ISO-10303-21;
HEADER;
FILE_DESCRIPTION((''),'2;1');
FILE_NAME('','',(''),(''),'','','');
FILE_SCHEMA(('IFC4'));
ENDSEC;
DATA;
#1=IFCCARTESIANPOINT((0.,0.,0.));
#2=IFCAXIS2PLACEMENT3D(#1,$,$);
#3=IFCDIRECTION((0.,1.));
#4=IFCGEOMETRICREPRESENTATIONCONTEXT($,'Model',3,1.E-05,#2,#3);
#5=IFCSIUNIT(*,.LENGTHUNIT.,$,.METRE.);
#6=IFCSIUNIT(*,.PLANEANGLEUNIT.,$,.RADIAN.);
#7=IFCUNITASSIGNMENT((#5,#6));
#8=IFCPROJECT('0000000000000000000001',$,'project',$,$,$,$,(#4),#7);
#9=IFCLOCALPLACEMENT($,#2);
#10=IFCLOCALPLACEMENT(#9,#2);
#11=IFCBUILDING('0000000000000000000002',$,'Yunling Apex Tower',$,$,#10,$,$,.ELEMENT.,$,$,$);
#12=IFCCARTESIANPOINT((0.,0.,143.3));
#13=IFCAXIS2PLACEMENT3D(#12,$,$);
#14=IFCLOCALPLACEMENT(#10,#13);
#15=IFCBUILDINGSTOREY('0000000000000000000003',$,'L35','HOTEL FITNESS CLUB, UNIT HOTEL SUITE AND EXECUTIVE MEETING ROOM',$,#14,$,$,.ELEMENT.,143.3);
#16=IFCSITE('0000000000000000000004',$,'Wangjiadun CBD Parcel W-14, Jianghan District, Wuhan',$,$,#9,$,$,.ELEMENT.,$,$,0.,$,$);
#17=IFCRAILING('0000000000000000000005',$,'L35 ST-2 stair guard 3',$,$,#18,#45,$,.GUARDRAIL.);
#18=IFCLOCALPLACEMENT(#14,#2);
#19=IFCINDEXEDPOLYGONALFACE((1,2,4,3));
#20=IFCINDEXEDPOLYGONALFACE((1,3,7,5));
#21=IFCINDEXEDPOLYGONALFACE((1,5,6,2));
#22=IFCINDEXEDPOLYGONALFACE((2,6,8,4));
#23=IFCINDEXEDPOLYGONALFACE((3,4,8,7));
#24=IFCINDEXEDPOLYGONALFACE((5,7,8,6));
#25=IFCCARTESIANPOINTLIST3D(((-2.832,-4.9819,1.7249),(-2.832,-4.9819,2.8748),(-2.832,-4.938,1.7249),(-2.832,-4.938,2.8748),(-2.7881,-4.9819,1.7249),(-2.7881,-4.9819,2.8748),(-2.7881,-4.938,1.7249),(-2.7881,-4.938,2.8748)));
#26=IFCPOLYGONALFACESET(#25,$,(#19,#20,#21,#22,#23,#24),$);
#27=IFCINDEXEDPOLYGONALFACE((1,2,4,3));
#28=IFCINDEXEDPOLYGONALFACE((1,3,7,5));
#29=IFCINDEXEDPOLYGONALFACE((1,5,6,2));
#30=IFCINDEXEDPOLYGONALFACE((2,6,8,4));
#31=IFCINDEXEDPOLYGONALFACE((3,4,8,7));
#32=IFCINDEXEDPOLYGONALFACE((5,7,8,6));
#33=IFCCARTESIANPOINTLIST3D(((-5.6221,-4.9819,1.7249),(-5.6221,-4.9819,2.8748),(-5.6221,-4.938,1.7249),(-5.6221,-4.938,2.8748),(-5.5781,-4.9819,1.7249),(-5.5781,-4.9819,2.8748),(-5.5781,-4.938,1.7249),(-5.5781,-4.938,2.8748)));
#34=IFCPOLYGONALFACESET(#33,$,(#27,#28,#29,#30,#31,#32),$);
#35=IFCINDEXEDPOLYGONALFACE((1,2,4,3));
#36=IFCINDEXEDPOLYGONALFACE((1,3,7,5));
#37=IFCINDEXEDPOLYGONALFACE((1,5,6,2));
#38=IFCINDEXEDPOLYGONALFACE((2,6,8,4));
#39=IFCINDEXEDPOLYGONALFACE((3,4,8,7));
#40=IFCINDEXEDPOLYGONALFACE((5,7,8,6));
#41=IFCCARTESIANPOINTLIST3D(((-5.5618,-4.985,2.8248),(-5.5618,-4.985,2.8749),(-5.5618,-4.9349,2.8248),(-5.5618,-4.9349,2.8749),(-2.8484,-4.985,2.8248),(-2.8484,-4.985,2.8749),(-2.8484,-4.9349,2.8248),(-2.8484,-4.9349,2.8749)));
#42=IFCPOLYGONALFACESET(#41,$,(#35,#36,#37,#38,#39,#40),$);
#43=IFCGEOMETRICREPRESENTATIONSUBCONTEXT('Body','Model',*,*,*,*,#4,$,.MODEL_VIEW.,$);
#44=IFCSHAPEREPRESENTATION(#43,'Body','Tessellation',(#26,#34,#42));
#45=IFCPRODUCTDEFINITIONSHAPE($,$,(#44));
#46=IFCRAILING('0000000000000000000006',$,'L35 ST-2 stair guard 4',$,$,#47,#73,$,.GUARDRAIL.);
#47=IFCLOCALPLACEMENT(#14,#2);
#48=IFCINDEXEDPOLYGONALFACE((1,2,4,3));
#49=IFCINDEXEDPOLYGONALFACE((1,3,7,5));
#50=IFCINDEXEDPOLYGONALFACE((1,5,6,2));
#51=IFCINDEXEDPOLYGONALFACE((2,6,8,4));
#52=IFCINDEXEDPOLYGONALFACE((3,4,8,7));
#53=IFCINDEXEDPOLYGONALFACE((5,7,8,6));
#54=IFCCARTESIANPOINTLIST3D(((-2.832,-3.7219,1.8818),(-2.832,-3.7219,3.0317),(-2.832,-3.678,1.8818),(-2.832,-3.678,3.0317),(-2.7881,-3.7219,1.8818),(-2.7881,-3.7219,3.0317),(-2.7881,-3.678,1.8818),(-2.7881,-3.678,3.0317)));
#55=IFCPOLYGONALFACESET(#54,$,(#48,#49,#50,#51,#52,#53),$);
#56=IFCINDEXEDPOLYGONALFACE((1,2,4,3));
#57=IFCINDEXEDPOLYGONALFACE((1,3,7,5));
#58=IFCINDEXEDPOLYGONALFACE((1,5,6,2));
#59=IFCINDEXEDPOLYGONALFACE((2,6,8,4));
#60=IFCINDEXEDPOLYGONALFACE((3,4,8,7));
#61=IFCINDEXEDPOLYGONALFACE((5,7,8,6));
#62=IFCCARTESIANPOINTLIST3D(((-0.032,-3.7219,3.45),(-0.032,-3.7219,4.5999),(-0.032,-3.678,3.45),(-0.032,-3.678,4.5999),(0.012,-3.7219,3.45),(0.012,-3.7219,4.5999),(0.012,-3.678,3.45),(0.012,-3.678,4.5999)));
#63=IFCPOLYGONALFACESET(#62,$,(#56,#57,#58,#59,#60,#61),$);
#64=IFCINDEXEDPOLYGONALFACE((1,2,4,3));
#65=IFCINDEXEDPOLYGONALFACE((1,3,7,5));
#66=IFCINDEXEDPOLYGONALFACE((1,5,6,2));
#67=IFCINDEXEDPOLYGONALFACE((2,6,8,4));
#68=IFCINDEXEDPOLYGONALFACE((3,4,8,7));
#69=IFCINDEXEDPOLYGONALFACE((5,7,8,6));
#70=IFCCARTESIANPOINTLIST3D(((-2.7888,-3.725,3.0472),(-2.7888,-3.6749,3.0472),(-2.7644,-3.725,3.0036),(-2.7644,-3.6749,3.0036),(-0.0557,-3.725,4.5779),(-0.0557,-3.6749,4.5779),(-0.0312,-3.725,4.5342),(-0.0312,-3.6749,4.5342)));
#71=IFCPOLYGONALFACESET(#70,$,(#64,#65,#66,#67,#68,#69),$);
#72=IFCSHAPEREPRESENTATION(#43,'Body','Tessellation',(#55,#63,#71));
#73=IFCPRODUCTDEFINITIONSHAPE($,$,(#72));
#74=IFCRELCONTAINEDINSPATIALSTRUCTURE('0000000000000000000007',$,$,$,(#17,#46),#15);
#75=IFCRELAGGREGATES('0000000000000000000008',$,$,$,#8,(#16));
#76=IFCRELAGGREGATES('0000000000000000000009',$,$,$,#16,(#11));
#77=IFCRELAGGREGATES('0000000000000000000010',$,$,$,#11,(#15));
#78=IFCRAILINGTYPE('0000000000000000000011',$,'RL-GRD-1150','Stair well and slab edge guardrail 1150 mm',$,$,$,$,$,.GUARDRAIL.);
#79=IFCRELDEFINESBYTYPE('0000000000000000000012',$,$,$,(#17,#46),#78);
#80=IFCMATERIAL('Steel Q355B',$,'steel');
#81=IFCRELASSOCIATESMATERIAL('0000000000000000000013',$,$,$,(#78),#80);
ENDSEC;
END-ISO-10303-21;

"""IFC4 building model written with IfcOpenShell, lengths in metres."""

from ifc_helpers import new_model, si_unit, direction, frame, origin, origin_2d, place, context, subcontext, project, spatial, rectangle, extrude, material, type_object, element, save


model = new_model("IFC4")

# Units and contexts
model_context = context("Model", 3, precision=1e-05, world=origin(), true_north=direction((0.0, 1.0)))
body_context = subcontext(model_context, "Body", "Model", "MODEL_VIEW")
ifc_project = project(units=[si_unit("LENGTHUNIT", "METRE"), si_unit("PLANEANGLEUNIT", "RADIAN")], contexts=[model_context])

# Site, building, storey
site_placement = place(None, origin())
site = spatial("IfcSite", under=ifc_project, at=site_placement, Name="Wangjiadun CBD Parcel W-14, Jianghan District, Wuhan", CompositionType="ELEMENT", RefElevation=0.0)
building_placement = place(site_placement, origin())
building = spatial("IfcBuilding", under=site, at=building_placement, Name="Yunling Apex Tower", CompositionType="ELEMENT")
storey_placement = place(building_placement, frame((0.0, 0.0, 143.3)))
storey = spatial("IfcBuildingStorey", under=building, at=storey_placement, Name="L35", Description="HOTEL FITNESS CLUB, UNIT HOTEL SUITE AND EXECUTIVE MEETING ROOM", CompositionType="ELEMENT", Elevation=143.3)

# Shared definitions
ifc_material_1 = material(Name="Steel Q355B", Category="steel")

# Railings
railing_type = type_object("IfcRailingType", Name="RL-GRD-1150", Description="Stair well and slab edge guardrail 1150 mm", PredefinedType="GUARDRAIL", material=ifc_material_1)
railing_1_placement = place(storey_placement, frame((-2.8101, -4.96, 1.7249)))
element("IfcRailing", 1, at=railing_1_placement, inside=storey, type_object=railing_type, Name="L35 ST-2 stair guard 3", PredefinedType="GUARDRAIL", context=body_context, shape_type="SweptSolid", body=[
    extrude(rectangle(XDim=0.0439, YDim=0.0439, at=origin_2d()), origin(), (0.0, 0.0, 1.0), 1.1499),
    extrude(rectangle(XDim=0.0439, YDim=0.0439, at=origin_2d()), frame((-2.79, 0.0, 0.0)), (0.0, 0.0, 1.0), 1.1499),
    extrude(rectangle(XDim=0.05, YDim=0.05, at=origin_2d()), frame((-0.0383, 0.0, 1.125), z_axis=(-1.0, 0.0, 0.0), x_axis=(0.0, -1.0, 0.0)), (0.0, 0.0, 1.0), 2.7134),
])
railing_2_placement = place(storey_placement, frame((-2.8101, -3.7, 1.8818)))
element("IfcRailing", 2, at=railing_2_placement, inside=storey, type_object=railing_type, Name="L35 ST-2 stair guard 4", PredefinedType="GUARDRAIL", context=body_context, shape_type="SweptSolid", body=[
    extrude(rectangle(XDim=0.0439, YDim=0.0439, at=origin_2d()), origin(), (0.0, 0.0, 1.0), 1.1499),
    extrude(rectangle(XDim=0.0439, YDim=0.0439, at=origin_2d()), frame((2.8, 0.0, 1.5681)), (0.0, 0.0, 1.0), 1.1499),
    extrude(rectangle(XDim=0.05, YDim=0.05, at=origin_2d()), frame((0.0334, 0.0, 1.1436), z_axis=(0.872494, 0.0, 0.488624), x_axis=(0.0, 1.0, 0.0)), (0.0, 0.0, 1.0), 3.1326),
])

save(model, "model.ifc")
